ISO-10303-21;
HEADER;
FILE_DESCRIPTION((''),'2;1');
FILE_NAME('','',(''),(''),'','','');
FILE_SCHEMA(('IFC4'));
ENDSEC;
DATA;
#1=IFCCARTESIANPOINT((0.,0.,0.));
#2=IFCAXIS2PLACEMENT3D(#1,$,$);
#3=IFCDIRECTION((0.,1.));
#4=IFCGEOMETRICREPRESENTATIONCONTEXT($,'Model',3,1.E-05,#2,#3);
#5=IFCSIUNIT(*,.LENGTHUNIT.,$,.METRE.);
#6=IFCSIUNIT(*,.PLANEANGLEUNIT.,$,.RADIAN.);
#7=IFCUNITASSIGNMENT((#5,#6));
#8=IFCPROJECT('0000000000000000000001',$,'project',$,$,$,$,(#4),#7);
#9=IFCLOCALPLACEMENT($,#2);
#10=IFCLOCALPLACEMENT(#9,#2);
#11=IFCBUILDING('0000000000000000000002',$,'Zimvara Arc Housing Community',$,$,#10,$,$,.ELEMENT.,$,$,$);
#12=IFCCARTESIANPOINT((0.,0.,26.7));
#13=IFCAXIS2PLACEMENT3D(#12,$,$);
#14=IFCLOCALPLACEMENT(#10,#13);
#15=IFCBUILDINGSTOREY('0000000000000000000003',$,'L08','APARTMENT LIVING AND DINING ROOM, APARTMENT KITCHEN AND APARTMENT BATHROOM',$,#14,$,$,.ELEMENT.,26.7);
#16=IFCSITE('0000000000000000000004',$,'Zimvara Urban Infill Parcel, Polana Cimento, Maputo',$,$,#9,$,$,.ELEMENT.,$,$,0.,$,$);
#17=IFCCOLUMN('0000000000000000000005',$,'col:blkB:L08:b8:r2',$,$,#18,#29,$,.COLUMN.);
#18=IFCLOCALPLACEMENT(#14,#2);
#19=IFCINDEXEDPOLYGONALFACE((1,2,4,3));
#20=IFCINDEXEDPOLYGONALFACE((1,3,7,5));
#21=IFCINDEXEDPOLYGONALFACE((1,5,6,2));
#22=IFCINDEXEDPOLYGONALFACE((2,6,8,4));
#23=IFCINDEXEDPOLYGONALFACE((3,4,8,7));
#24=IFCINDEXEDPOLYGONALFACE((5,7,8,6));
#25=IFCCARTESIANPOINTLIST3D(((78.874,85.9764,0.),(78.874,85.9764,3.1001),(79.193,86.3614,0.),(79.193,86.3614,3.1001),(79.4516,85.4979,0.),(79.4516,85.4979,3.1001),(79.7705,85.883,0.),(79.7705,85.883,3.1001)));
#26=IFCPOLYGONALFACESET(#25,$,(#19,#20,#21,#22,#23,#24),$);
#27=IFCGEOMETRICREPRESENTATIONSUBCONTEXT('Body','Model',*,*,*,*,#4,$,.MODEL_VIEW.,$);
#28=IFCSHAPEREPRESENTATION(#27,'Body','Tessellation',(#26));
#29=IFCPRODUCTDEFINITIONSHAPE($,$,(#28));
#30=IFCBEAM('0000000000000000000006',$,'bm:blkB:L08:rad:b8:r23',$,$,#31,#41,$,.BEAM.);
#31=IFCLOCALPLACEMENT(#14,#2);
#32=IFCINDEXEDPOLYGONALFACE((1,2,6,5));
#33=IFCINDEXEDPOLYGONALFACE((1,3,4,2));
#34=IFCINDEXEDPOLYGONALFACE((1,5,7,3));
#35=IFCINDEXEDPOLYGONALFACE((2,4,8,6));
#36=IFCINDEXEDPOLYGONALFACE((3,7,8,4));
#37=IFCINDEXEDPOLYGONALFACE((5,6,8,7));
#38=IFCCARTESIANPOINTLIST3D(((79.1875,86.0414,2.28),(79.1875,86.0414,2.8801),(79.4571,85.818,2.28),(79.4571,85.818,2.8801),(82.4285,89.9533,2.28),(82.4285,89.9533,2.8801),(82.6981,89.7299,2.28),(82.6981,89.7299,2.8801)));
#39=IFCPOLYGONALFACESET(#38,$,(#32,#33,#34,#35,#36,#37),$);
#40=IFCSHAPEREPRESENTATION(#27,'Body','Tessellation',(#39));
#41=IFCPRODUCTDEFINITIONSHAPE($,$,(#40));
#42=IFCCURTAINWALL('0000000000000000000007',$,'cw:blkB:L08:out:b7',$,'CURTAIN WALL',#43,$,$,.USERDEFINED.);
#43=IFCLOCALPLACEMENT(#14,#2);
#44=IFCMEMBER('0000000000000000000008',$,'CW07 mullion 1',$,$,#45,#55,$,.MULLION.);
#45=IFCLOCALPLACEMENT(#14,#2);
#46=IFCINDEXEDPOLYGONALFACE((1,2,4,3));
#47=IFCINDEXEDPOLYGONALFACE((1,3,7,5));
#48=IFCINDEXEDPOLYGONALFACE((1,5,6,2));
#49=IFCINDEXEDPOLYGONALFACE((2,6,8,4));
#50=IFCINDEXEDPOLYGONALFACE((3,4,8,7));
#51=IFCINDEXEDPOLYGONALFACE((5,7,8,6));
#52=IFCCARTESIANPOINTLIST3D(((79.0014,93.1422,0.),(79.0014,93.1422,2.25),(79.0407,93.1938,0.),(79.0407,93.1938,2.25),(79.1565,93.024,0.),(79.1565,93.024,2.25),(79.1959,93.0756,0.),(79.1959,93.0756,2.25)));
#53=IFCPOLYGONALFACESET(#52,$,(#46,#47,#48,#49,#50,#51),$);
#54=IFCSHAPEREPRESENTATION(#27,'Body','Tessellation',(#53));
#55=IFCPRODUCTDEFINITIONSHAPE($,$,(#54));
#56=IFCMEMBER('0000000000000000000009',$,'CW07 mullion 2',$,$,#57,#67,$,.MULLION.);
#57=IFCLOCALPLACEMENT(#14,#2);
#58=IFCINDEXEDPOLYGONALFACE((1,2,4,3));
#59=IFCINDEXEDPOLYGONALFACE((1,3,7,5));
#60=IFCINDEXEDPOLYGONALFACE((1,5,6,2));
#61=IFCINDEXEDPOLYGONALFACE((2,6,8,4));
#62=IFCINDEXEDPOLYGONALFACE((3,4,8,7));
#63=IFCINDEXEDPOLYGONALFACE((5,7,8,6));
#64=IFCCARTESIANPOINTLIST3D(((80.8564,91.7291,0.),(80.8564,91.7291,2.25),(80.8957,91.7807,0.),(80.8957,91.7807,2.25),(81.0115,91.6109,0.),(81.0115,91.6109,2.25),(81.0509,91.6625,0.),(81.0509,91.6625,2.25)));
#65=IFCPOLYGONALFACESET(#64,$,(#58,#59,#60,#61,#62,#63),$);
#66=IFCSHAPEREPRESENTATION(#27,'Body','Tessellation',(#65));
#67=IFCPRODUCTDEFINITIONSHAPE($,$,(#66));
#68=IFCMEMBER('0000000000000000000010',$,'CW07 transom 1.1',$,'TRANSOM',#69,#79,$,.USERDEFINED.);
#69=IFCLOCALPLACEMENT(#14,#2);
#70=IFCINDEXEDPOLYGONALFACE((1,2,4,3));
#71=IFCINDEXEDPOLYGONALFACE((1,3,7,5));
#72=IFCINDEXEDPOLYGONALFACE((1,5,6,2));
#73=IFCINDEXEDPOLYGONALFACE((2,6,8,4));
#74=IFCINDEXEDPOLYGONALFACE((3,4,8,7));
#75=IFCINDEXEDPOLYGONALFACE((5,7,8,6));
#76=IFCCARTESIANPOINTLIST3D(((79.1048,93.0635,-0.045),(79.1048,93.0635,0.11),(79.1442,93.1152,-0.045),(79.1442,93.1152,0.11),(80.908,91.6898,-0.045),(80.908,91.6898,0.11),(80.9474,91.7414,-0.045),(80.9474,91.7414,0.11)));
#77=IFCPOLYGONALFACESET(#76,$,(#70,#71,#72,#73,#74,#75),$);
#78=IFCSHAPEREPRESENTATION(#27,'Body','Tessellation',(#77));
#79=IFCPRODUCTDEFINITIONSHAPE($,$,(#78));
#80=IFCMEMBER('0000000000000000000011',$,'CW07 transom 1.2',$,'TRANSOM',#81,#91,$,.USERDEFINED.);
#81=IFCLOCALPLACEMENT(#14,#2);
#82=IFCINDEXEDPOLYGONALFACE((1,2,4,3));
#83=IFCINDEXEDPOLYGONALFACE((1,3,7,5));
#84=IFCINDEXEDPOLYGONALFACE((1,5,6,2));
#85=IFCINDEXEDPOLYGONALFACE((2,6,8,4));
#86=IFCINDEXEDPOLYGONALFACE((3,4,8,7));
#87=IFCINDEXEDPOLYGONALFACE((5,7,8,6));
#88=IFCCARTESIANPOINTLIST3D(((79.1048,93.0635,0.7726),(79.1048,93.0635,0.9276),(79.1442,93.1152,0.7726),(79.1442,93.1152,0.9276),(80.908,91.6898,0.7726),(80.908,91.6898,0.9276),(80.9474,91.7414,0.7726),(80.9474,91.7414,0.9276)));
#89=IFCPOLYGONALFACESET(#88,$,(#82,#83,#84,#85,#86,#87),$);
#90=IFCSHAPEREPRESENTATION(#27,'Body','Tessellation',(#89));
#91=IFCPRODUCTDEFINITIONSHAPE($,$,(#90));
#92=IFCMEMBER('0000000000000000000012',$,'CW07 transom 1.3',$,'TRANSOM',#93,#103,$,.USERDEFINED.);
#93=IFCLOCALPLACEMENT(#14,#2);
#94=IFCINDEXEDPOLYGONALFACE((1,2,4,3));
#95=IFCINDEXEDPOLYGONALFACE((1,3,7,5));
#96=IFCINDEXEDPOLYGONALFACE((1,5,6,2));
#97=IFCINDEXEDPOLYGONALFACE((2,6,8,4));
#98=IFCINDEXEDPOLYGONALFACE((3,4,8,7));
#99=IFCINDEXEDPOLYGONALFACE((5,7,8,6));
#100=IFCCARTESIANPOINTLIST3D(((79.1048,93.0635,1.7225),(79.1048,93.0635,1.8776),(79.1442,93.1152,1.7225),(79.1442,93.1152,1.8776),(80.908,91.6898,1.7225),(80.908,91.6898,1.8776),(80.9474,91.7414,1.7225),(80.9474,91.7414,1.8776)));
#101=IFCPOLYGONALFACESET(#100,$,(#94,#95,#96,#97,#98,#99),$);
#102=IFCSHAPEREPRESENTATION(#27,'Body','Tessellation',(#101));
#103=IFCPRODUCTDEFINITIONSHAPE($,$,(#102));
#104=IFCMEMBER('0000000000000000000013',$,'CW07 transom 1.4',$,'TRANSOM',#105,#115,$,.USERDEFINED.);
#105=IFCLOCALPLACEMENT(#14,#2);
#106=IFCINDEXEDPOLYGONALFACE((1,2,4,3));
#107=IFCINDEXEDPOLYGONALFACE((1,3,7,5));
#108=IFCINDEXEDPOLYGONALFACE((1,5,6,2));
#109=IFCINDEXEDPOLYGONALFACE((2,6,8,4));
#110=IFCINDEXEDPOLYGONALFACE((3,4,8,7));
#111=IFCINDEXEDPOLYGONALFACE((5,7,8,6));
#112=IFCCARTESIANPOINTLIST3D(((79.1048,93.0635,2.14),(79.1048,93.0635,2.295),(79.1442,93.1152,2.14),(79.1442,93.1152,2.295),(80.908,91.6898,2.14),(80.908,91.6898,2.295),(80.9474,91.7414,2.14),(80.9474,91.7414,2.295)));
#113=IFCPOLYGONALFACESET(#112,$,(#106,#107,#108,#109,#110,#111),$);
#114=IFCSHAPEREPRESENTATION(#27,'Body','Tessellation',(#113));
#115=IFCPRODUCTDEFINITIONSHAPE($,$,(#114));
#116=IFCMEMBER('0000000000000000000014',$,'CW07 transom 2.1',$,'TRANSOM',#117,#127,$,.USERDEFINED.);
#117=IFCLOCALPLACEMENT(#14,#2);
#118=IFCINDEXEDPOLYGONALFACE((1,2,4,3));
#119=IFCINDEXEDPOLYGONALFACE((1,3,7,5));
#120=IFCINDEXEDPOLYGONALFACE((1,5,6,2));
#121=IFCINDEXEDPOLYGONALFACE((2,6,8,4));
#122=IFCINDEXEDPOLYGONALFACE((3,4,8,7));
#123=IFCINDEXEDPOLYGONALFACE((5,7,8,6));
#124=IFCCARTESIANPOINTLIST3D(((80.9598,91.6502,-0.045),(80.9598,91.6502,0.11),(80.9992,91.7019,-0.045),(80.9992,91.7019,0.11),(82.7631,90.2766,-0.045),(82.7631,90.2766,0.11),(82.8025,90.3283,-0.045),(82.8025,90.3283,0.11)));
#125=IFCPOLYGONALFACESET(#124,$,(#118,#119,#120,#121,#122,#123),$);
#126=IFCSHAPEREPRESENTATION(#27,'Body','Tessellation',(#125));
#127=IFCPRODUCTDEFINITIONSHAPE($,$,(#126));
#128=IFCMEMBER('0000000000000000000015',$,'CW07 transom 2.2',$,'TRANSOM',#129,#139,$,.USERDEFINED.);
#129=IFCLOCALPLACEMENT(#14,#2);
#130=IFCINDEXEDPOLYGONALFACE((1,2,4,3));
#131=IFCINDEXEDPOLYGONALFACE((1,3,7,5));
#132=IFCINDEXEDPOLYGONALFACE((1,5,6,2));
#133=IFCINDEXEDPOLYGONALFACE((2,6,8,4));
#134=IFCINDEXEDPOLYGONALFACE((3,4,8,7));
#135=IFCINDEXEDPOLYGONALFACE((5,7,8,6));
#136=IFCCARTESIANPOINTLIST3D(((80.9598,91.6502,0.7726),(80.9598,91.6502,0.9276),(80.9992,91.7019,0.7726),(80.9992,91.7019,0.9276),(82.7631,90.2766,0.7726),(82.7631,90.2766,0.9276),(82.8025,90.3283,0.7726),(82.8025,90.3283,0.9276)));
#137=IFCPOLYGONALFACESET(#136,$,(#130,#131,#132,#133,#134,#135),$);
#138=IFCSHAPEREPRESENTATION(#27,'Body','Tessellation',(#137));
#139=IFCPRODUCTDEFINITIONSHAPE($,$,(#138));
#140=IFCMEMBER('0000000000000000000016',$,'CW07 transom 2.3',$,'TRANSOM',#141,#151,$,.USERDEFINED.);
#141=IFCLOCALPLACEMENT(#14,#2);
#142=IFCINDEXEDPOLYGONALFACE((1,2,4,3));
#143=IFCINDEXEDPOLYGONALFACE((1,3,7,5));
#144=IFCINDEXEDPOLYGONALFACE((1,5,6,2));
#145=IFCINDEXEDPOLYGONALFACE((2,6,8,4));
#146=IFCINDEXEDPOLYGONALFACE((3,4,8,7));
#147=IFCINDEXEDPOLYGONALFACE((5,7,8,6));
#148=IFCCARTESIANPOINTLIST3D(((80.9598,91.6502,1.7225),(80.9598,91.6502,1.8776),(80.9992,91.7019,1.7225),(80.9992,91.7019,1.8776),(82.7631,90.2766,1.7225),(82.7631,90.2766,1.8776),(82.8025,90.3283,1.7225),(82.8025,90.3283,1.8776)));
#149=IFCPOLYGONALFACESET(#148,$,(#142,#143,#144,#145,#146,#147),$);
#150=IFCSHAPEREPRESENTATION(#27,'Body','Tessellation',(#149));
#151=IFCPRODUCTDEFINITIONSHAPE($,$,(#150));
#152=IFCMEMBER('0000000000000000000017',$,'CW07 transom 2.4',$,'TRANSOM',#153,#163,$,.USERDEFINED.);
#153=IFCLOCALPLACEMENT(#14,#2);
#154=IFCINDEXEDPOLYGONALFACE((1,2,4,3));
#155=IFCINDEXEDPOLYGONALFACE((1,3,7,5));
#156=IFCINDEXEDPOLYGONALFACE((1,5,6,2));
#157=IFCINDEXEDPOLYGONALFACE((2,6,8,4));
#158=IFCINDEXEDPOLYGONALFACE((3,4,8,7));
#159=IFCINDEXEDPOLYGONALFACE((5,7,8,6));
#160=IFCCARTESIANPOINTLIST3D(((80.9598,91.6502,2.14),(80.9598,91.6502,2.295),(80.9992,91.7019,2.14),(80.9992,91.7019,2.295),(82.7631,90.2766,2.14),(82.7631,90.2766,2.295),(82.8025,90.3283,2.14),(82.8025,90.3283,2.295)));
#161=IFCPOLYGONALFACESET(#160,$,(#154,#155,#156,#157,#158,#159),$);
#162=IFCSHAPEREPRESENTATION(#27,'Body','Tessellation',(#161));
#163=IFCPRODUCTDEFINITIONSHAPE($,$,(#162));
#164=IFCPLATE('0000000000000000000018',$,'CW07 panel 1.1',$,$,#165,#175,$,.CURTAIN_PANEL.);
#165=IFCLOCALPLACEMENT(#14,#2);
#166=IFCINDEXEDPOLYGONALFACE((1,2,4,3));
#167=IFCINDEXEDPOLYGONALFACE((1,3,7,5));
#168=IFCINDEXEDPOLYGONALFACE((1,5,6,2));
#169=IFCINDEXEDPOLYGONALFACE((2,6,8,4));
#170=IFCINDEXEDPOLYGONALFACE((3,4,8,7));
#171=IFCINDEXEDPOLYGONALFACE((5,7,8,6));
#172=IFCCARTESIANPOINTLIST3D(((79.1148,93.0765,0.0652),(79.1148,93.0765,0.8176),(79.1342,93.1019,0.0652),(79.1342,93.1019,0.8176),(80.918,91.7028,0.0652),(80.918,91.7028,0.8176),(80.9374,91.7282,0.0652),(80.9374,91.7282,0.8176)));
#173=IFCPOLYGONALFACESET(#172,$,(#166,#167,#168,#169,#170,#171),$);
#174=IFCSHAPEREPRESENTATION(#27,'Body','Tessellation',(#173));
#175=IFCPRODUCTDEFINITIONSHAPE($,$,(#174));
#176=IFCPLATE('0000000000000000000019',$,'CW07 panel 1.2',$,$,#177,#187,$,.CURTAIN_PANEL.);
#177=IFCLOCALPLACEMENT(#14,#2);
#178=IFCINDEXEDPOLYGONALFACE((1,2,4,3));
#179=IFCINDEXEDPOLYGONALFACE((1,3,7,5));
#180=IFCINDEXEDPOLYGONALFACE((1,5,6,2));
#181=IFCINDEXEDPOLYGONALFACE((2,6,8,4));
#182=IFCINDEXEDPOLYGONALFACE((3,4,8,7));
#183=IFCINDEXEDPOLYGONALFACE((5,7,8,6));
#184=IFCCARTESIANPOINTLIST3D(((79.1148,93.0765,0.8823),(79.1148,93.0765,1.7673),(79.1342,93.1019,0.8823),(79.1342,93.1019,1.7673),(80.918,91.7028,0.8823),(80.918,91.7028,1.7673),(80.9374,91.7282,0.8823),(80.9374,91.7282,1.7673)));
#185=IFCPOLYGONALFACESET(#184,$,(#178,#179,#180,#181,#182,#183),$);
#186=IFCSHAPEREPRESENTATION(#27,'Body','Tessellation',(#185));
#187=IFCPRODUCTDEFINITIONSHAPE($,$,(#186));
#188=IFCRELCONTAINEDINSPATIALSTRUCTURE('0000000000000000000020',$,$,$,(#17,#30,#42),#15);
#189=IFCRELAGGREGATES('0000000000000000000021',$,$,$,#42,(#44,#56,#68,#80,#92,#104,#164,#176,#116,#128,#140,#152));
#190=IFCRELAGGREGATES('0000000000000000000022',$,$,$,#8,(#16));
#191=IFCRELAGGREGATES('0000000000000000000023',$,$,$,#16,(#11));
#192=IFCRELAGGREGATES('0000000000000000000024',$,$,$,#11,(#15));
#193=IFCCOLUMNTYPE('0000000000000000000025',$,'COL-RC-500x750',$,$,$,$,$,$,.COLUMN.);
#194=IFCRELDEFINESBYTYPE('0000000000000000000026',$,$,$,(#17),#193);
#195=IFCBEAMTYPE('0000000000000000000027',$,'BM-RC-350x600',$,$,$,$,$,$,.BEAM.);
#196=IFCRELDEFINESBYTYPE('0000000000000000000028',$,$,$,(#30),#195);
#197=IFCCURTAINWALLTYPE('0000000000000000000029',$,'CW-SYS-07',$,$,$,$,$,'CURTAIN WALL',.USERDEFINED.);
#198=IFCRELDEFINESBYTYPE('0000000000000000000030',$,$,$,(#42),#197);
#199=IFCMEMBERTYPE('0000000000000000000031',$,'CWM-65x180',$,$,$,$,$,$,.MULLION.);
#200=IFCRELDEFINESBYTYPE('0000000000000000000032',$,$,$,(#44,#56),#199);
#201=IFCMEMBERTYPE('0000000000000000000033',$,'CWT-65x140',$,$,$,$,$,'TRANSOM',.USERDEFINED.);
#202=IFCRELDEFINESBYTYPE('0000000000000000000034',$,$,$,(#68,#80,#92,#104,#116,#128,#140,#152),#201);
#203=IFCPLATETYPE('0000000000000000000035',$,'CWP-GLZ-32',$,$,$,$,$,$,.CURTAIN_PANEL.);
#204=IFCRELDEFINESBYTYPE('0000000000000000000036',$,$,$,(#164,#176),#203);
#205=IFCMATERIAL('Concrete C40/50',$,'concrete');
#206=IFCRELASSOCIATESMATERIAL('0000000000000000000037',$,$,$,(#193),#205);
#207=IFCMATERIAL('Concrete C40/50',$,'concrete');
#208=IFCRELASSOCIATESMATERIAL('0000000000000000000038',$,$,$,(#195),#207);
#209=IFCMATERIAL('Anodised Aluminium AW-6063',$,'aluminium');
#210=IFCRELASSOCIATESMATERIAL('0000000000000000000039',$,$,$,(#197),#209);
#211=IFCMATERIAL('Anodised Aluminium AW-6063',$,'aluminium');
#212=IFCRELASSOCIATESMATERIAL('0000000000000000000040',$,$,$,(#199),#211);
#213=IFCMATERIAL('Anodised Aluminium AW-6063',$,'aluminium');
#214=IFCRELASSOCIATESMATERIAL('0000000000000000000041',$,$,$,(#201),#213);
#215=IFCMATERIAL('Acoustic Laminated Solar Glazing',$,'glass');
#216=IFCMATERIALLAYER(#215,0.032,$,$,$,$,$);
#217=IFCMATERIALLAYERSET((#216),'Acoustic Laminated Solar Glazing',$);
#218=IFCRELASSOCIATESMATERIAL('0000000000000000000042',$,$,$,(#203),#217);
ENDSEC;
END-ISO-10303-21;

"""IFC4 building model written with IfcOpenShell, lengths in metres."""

from ifc_helpers import new_model, si_unit, direction, frame, origin, origin_2d, place, context, subcontext, project, spatial, rectangle, extrude, material, layer, layer_set, material_profile, profile_set, type_object, element, aggregate, save


model = new_model("IFC4")

# Units and contexts
model_context = context("Model", 3, precision=1e-05, world=origin(), true_north=direction((0.0, 1.0)))
body_context = subcontext(model_context, "Body", "Model", "MODEL_VIEW")
ifc_project = project(units=[si_unit("LENGTHUNIT", "METRE"), si_unit("PLANEANGLEUNIT", "RADIAN")], contexts=[model_context])

# Site, building, storey
site_placement = place(None, origin())
site = spatial("IfcSite", under=ifc_project, at=site_placement, Name="Zimvara Urban Infill Parcel, Polana Cimento, Maputo", CompositionType="ELEMENT", RefElevation=0.0)
building_placement = place(site_placement, origin())
building = spatial("IfcBuilding", under=site, at=building_placement, Name="Zimvara Arc Housing Community", CompositionType="ELEMENT")
storey_placement = place(building_placement, frame((0.0, 0.0, 26.7)))
storey = spatial("IfcBuildingStorey", under=building, at=storey_placement, Name="L08", Description="APARTMENT LIVING AND DINING ROOM, APARTMENT KITCHEN AND APARTMENT BATHROOM", CompositionType="ELEMENT", Elevation=26.7)

# Column
ifc_material_1 = material(Name="Concrete C40/50", Category="concrete")
ifc_material_profile_1 = material_profile(ifc_material_1, rectangle(XDim=0.5, YDim=0.75, at=origin_2d()), Name="RC 500x750")
ifc_profile_set_1 = profile_set([ifc_material_profile_1], Name="Concrete C40/50")
column_type = type_object("IfcColumnType", Name="COL-RC-500x750", PredefinedType="COLUMN", material=ifc_profile_set_1)
column_placement = place(storey_placement, frame((79.3223, 85.9297, 0.0), z_axis=(0.0, 0.0, 1.0), x_axis=(0.637962, 0.770068, 0.0)))
element("IfcColumn", 1, at=column_placement, inside=storey, type_object=column_type, Name="col:blkB:L08:b8:r2", PredefinedType="COLUMN", context=body_context, shape_type="SweptSolid", body=[
    extrude(rectangle(XDim=0.5, YDim=0.75, at=origin_2d()), origin(), (0.0, 0.0, 1.0), 3.1001),
])

# Beam
ifc_material_2 = material(Name="Concrete C40/50", Category="concrete")
ifc_material_profile_2 = material_profile(ifc_material_2, rectangle(XDim=0.3501, YDim=0.6001, at=origin_2d()), Name="RC 350x600")
ifc_profile_set_2 = profile_set([ifc_material_profile_2], Name="Concrete C40/50")
beam_type = type_object("IfcBeamType", Name="BM-RC-350x600", PredefinedType="BEAM", material=ifc_profile_set_2)
beam_placement = place(storey_placement, frame((79.3223, 85.9297, 2.5801), z_axis=(0.637984, 0.77005, 0.0), x_axis=(-0.77005, 0.637984, 0.0)))
element("IfcBeam", 2, at=beam_placement, inside=storey, type_object=beam_type, Name="bm:blkB:L08:rad:b8:r23", PredefinedType="BEAM", context=body_context, shape_type="SweptSolid", body=[
    extrude(rectangle(XDim=0.3501, YDim=0.6001, at=origin_2d()), origin(), (0.0, 0.0, 1.0), 5.0801),
])

# Curtain wall, members, plates
ifc_material_3 = material(Name="Anodised Aluminium AW-6063", Category="aluminium")
curtain_wall_type = type_object("IfcCurtainWallType", Name="CW-SYS-07", ElementType="CURTAIN WALL", PredefinedType="USERDEFINED", material=ifc_material_3)
curtain_wall_placement = place(storey_placement, origin())
curtain_wall = element("IfcCurtainWall", 3, at=curtain_wall_placement, inside=storey, type_object=curtain_wall_type, Name="cw:blkB:L08:out:b7", ObjectType="CURTAIN WALL", PredefinedType="USERDEFINED")
ifc_material_4 = material(Name="Anodised Aluminium AW-6063", Category="aluminium")
ifc_material_profile_3 = material_profile(ifc_material_4, rectangle(XDim=0.0649, YDim=0.1951, at=origin_2d()), Name="ALU 65x195")
ifc_profile_set_3 = profile_set([ifc_material_profile_3], Name="Anodised Aluminium AW-6063")
member_type_1 = type_object("IfcMemberType", Name="CWM-65x180", PredefinedType="MULLION", material=ifc_profile_set_3)
member_1_placement = place(storey_placement, frame((79.0986, 93.1089, 0.0), z_axis=(0.0, 0.0, 1.0), x_axis=(0.605988, 0.795474, 0.0)))
member_1 = element("IfcMember", 4, at=member_1_placement, type_object=member_type_1, Name="CW07 mullion 1", PredefinedType="MULLION", context=body_context, shape_type="SweptSolid", body=[
    extrude(rectangle(XDim=0.0649, YDim=0.1951, at=origin_2d()), origin(), (0.0, 0.0, 1.0), 2.25),
])
member_2_placement = place(storey_placement, frame((80.9536, 91.6958, 0.0), z_axis=(0.0, 0.0, 1.0), x_axis=(0.605988, 0.795474, 0.0)))
member_2 = element("IfcMember", 5, at=member_2_placement, type_object=member_type_1, Name="CW07 mullion 2", PredefinedType="MULLION", context=body_context, shape_type="SweptSolid", body=[
    extrude(rectangle(XDim=0.0649, YDim=0.1951, at=origin_2d()), origin(), (0.0, 0.0, 1.0), 2.25),
])
ifc_material_5 = material(Name="Anodised Aluminium AW-6063", Category="aluminium")
ifc_material_profile_4 = material_profile(ifc_material_5, rectangle(XDim=0.0649, YDim=0.155, at=origin_2d()), Name="ALU 65x155")
ifc_profile_set_4 = profile_set([ifc_material_profile_4], Name="Anodised Aluminium AW-6063")
member_type_2 = type_object("IfcMemberType", Name="CWT-65x140", ElementType="TRANSOM", PredefinedType="USERDEFINED", material=ifc_profile_set_4)
member_3_placement = place(storey_placement, frame((79.1245, 93.0894, 0.0325), z_axis=(0.795454, -0.606014, 0.0), x_axis=(0.606014, 0.795454, 0.0)))
member_3 = element("IfcMember", 6, at=member_3_placement, type_object=member_type_2, Name="CW07 transom 1.1", ObjectType="TRANSOM", PredefinedType="USERDEFINED", context=body_context, shape_type="SweptSolid", body=[
    extrude(rectangle(XDim=0.0649, YDim=0.155, at=origin_2d()), origin(), (0.0, 0.0, 1.0), 2.2668),
])
member_4_placement = place(storey_placement, frame((79.1245, 93.0894, 0.8501), z_axis=(0.795454, -0.606014, 0.0), x_axis=(0.606014, 0.795454, 0.0)))
member_4 = element("IfcMember", 7, at=member_4_placement, type_object=member_type_2, Name="CW07 transom 1.2", ObjectType="TRANSOM", PredefinedType="USERDEFINED", context=body_context, shape_type="SweptSolid", body=[
    extrude(rectangle(XDim=0.0649, YDim=0.155, at=origin_2d()), origin(), (0.0, 0.0, 1.0), 2.2668),
])
member_5_placement = place(storey_placement, frame((79.1245, 93.0894, 1.8), z_axis=(0.795454, -0.606014, 0.0), x_axis=(0.606014, 0.795454, 0.0)))
member_5 = element("IfcMember", 8, at=member_5_placement, type_object=member_type_2, Name="CW07 transom 1.3", ObjectType="TRANSOM", PredefinedType="USERDEFINED", context=body_context, shape_type="SweptSolid", body=[
    extrude(rectangle(XDim=0.0649, YDim=0.155, at=origin_2d()), origin(), (0.0, 0.0, 1.0), 2.2668),
])
member_6_placement = place(storey_placement, frame((79.1245, 93.0894, 2.2175), z_axis=(0.795454, -0.606014, 0.0), x_axis=(0.606014, 0.795454, 0.0)))
member_6 = element("IfcMember", 9, at=member_6_placement, type_object=member_type_2, Name="CW07 transom 1.4", ObjectType="TRANSOM", PredefinedType="USERDEFINED", context=body_context, shape_type="SweptSolid", body=[
    extrude(rectangle(XDim=0.0649, YDim=0.155, at=origin_2d()), origin(), (0.0, 0.0, 1.0), 2.2668),
])
member_7_placement = place(storey_placement, frame((80.9795, 91.676, 0.0325), z_axis=(0.795506, -0.605946, 0.0), x_axis=(0.605946, 0.795506, 0.0)))
member_7 = element("IfcMember", 10, at=member_7_placement, type_object=member_type_2, Name="CW07 transom 2.1", ObjectType="TRANSOM", PredefinedType="USERDEFINED", context=body_context, shape_type="SweptSolid", body=[
    extrude(rectangle(XDim=0.0649, YDim=0.155, at=origin_2d()), origin(), (0.0, 0.0, 1.0), 2.2668),
])
member_8_placement = place(storey_placement, frame((80.9795, 91.676, 0.8501), z_axis=(0.795506, -0.605946, 0.0), x_axis=(0.605946, 0.795506, 0.0)))
member_8 = element("IfcMember", 11, at=member_8_placement, type_object=member_type_2, Name="CW07 transom 2.2", ObjectType="TRANSOM", PredefinedType="USERDEFINED", context=body_context, shape_type="SweptSolid", body=[
    extrude(rectangle(XDim=0.0649, YDim=0.155, at=origin_2d()), origin(), (0.0, 0.0, 1.0), 2.2668),
])
member_9_placement = place(storey_placement, frame((80.9795, 91.676, 1.8), z_axis=(0.795506, -0.605946, 0.0), x_axis=(0.605946, 0.795506, 0.0)))
member_9 = element("IfcMember", 12, at=member_9_placement, type_object=member_type_2, Name="CW07 transom 2.3", ObjectType="TRANSOM", PredefinedType="USERDEFINED", context=body_context, shape_type="SweptSolid", body=[
    extrude(rectangle(XDim=0.0649, YDim=0.155, at=origin_2d()), origin(), (0.0, 0.0, 1.0), 2.2668),
])
member_10_placement = place(storey_placement, frame((80.9795, 91.676, 2.2175), z_axis=(0.795506, -0.605946, 0.0), x_axis=(0.605946, 0.795506, 0.0)))
member_10 = element("IfcMember", 13, at=member_10_placement, type_object=member_type_2, Name="CW07 transom 2.4", ObjectType="TRANSOM", PredefinedType="USERDEFINED", context=body_context, shape_type="SweptSolid", body=[
    extrude(rectangle(XDim=0.0649, YDim=0.155, at=origin_2d()), origin(), (0.0, 0.0, 1.0), 2.2668),
])
ifc_material_6 = material(Name="Acoustic Laminated Solar Glazing", Category="glass")
ifc_layer_1 = layer(ifc_material_6, 0.032)
ifc_layer_set_1 = layer_set([ifc_layer_1], Name="Acoustic Laminated Solar Glazing")
plate_type = type_object("IfcPlateType", Name="CWP-GLZ-32", PredefinedType="CURTAIN_PANEL", material=ifc_layer_set_1)
plate_1_placement = place(storey_placement, frame((80.0261, 92.4023, 0.0652), z_axis=(0.0, 0.0, 1.0), x_axis=(0.795474, -0.605988, 0.0)))
plate_1 = element("IfcPlate", 14, at=plate_1_placement, type_object=plate_type, Name="CW07 panel 1.1", PredefinedType="CURTAIN_PANEL", context=body_context, shape_type="SweptSolid", body=[
    extrude(rectangle(XDim=2.2668, YDim=0.032, at=origin_2d()), origin(), (0.0, 0.0, 1.0), 0.7524),
])
plate_2_placement = place(storey_placement, frame((80.0261, 92.4023, 0.8823), z_axis=(0.0, 0.0, 1.0), x_axis=(0.795474, -0.605988, 0.0)))
plate_2 = element("IfcPlate", 15, at=plate_2_placement, type_object=plate_type, Name="CW07 panel 1.2", PredefinedType="CURTAIN_PANEL", context=body_context, shape_type="SweptSolid", body=[
    extrude(rectangle(XDim=2.2668, YDim=0.032, at=origin_2d()), origin(), (0.0, 0.0, 1.0), 0.885),
])
aggregate(curtain_wall, [member_1, member_2, member_3, member_4, member_5, member_6, plate_1, plate_2, member_7, member_8, member_9, member_10])

save(model, "model.ifc")
